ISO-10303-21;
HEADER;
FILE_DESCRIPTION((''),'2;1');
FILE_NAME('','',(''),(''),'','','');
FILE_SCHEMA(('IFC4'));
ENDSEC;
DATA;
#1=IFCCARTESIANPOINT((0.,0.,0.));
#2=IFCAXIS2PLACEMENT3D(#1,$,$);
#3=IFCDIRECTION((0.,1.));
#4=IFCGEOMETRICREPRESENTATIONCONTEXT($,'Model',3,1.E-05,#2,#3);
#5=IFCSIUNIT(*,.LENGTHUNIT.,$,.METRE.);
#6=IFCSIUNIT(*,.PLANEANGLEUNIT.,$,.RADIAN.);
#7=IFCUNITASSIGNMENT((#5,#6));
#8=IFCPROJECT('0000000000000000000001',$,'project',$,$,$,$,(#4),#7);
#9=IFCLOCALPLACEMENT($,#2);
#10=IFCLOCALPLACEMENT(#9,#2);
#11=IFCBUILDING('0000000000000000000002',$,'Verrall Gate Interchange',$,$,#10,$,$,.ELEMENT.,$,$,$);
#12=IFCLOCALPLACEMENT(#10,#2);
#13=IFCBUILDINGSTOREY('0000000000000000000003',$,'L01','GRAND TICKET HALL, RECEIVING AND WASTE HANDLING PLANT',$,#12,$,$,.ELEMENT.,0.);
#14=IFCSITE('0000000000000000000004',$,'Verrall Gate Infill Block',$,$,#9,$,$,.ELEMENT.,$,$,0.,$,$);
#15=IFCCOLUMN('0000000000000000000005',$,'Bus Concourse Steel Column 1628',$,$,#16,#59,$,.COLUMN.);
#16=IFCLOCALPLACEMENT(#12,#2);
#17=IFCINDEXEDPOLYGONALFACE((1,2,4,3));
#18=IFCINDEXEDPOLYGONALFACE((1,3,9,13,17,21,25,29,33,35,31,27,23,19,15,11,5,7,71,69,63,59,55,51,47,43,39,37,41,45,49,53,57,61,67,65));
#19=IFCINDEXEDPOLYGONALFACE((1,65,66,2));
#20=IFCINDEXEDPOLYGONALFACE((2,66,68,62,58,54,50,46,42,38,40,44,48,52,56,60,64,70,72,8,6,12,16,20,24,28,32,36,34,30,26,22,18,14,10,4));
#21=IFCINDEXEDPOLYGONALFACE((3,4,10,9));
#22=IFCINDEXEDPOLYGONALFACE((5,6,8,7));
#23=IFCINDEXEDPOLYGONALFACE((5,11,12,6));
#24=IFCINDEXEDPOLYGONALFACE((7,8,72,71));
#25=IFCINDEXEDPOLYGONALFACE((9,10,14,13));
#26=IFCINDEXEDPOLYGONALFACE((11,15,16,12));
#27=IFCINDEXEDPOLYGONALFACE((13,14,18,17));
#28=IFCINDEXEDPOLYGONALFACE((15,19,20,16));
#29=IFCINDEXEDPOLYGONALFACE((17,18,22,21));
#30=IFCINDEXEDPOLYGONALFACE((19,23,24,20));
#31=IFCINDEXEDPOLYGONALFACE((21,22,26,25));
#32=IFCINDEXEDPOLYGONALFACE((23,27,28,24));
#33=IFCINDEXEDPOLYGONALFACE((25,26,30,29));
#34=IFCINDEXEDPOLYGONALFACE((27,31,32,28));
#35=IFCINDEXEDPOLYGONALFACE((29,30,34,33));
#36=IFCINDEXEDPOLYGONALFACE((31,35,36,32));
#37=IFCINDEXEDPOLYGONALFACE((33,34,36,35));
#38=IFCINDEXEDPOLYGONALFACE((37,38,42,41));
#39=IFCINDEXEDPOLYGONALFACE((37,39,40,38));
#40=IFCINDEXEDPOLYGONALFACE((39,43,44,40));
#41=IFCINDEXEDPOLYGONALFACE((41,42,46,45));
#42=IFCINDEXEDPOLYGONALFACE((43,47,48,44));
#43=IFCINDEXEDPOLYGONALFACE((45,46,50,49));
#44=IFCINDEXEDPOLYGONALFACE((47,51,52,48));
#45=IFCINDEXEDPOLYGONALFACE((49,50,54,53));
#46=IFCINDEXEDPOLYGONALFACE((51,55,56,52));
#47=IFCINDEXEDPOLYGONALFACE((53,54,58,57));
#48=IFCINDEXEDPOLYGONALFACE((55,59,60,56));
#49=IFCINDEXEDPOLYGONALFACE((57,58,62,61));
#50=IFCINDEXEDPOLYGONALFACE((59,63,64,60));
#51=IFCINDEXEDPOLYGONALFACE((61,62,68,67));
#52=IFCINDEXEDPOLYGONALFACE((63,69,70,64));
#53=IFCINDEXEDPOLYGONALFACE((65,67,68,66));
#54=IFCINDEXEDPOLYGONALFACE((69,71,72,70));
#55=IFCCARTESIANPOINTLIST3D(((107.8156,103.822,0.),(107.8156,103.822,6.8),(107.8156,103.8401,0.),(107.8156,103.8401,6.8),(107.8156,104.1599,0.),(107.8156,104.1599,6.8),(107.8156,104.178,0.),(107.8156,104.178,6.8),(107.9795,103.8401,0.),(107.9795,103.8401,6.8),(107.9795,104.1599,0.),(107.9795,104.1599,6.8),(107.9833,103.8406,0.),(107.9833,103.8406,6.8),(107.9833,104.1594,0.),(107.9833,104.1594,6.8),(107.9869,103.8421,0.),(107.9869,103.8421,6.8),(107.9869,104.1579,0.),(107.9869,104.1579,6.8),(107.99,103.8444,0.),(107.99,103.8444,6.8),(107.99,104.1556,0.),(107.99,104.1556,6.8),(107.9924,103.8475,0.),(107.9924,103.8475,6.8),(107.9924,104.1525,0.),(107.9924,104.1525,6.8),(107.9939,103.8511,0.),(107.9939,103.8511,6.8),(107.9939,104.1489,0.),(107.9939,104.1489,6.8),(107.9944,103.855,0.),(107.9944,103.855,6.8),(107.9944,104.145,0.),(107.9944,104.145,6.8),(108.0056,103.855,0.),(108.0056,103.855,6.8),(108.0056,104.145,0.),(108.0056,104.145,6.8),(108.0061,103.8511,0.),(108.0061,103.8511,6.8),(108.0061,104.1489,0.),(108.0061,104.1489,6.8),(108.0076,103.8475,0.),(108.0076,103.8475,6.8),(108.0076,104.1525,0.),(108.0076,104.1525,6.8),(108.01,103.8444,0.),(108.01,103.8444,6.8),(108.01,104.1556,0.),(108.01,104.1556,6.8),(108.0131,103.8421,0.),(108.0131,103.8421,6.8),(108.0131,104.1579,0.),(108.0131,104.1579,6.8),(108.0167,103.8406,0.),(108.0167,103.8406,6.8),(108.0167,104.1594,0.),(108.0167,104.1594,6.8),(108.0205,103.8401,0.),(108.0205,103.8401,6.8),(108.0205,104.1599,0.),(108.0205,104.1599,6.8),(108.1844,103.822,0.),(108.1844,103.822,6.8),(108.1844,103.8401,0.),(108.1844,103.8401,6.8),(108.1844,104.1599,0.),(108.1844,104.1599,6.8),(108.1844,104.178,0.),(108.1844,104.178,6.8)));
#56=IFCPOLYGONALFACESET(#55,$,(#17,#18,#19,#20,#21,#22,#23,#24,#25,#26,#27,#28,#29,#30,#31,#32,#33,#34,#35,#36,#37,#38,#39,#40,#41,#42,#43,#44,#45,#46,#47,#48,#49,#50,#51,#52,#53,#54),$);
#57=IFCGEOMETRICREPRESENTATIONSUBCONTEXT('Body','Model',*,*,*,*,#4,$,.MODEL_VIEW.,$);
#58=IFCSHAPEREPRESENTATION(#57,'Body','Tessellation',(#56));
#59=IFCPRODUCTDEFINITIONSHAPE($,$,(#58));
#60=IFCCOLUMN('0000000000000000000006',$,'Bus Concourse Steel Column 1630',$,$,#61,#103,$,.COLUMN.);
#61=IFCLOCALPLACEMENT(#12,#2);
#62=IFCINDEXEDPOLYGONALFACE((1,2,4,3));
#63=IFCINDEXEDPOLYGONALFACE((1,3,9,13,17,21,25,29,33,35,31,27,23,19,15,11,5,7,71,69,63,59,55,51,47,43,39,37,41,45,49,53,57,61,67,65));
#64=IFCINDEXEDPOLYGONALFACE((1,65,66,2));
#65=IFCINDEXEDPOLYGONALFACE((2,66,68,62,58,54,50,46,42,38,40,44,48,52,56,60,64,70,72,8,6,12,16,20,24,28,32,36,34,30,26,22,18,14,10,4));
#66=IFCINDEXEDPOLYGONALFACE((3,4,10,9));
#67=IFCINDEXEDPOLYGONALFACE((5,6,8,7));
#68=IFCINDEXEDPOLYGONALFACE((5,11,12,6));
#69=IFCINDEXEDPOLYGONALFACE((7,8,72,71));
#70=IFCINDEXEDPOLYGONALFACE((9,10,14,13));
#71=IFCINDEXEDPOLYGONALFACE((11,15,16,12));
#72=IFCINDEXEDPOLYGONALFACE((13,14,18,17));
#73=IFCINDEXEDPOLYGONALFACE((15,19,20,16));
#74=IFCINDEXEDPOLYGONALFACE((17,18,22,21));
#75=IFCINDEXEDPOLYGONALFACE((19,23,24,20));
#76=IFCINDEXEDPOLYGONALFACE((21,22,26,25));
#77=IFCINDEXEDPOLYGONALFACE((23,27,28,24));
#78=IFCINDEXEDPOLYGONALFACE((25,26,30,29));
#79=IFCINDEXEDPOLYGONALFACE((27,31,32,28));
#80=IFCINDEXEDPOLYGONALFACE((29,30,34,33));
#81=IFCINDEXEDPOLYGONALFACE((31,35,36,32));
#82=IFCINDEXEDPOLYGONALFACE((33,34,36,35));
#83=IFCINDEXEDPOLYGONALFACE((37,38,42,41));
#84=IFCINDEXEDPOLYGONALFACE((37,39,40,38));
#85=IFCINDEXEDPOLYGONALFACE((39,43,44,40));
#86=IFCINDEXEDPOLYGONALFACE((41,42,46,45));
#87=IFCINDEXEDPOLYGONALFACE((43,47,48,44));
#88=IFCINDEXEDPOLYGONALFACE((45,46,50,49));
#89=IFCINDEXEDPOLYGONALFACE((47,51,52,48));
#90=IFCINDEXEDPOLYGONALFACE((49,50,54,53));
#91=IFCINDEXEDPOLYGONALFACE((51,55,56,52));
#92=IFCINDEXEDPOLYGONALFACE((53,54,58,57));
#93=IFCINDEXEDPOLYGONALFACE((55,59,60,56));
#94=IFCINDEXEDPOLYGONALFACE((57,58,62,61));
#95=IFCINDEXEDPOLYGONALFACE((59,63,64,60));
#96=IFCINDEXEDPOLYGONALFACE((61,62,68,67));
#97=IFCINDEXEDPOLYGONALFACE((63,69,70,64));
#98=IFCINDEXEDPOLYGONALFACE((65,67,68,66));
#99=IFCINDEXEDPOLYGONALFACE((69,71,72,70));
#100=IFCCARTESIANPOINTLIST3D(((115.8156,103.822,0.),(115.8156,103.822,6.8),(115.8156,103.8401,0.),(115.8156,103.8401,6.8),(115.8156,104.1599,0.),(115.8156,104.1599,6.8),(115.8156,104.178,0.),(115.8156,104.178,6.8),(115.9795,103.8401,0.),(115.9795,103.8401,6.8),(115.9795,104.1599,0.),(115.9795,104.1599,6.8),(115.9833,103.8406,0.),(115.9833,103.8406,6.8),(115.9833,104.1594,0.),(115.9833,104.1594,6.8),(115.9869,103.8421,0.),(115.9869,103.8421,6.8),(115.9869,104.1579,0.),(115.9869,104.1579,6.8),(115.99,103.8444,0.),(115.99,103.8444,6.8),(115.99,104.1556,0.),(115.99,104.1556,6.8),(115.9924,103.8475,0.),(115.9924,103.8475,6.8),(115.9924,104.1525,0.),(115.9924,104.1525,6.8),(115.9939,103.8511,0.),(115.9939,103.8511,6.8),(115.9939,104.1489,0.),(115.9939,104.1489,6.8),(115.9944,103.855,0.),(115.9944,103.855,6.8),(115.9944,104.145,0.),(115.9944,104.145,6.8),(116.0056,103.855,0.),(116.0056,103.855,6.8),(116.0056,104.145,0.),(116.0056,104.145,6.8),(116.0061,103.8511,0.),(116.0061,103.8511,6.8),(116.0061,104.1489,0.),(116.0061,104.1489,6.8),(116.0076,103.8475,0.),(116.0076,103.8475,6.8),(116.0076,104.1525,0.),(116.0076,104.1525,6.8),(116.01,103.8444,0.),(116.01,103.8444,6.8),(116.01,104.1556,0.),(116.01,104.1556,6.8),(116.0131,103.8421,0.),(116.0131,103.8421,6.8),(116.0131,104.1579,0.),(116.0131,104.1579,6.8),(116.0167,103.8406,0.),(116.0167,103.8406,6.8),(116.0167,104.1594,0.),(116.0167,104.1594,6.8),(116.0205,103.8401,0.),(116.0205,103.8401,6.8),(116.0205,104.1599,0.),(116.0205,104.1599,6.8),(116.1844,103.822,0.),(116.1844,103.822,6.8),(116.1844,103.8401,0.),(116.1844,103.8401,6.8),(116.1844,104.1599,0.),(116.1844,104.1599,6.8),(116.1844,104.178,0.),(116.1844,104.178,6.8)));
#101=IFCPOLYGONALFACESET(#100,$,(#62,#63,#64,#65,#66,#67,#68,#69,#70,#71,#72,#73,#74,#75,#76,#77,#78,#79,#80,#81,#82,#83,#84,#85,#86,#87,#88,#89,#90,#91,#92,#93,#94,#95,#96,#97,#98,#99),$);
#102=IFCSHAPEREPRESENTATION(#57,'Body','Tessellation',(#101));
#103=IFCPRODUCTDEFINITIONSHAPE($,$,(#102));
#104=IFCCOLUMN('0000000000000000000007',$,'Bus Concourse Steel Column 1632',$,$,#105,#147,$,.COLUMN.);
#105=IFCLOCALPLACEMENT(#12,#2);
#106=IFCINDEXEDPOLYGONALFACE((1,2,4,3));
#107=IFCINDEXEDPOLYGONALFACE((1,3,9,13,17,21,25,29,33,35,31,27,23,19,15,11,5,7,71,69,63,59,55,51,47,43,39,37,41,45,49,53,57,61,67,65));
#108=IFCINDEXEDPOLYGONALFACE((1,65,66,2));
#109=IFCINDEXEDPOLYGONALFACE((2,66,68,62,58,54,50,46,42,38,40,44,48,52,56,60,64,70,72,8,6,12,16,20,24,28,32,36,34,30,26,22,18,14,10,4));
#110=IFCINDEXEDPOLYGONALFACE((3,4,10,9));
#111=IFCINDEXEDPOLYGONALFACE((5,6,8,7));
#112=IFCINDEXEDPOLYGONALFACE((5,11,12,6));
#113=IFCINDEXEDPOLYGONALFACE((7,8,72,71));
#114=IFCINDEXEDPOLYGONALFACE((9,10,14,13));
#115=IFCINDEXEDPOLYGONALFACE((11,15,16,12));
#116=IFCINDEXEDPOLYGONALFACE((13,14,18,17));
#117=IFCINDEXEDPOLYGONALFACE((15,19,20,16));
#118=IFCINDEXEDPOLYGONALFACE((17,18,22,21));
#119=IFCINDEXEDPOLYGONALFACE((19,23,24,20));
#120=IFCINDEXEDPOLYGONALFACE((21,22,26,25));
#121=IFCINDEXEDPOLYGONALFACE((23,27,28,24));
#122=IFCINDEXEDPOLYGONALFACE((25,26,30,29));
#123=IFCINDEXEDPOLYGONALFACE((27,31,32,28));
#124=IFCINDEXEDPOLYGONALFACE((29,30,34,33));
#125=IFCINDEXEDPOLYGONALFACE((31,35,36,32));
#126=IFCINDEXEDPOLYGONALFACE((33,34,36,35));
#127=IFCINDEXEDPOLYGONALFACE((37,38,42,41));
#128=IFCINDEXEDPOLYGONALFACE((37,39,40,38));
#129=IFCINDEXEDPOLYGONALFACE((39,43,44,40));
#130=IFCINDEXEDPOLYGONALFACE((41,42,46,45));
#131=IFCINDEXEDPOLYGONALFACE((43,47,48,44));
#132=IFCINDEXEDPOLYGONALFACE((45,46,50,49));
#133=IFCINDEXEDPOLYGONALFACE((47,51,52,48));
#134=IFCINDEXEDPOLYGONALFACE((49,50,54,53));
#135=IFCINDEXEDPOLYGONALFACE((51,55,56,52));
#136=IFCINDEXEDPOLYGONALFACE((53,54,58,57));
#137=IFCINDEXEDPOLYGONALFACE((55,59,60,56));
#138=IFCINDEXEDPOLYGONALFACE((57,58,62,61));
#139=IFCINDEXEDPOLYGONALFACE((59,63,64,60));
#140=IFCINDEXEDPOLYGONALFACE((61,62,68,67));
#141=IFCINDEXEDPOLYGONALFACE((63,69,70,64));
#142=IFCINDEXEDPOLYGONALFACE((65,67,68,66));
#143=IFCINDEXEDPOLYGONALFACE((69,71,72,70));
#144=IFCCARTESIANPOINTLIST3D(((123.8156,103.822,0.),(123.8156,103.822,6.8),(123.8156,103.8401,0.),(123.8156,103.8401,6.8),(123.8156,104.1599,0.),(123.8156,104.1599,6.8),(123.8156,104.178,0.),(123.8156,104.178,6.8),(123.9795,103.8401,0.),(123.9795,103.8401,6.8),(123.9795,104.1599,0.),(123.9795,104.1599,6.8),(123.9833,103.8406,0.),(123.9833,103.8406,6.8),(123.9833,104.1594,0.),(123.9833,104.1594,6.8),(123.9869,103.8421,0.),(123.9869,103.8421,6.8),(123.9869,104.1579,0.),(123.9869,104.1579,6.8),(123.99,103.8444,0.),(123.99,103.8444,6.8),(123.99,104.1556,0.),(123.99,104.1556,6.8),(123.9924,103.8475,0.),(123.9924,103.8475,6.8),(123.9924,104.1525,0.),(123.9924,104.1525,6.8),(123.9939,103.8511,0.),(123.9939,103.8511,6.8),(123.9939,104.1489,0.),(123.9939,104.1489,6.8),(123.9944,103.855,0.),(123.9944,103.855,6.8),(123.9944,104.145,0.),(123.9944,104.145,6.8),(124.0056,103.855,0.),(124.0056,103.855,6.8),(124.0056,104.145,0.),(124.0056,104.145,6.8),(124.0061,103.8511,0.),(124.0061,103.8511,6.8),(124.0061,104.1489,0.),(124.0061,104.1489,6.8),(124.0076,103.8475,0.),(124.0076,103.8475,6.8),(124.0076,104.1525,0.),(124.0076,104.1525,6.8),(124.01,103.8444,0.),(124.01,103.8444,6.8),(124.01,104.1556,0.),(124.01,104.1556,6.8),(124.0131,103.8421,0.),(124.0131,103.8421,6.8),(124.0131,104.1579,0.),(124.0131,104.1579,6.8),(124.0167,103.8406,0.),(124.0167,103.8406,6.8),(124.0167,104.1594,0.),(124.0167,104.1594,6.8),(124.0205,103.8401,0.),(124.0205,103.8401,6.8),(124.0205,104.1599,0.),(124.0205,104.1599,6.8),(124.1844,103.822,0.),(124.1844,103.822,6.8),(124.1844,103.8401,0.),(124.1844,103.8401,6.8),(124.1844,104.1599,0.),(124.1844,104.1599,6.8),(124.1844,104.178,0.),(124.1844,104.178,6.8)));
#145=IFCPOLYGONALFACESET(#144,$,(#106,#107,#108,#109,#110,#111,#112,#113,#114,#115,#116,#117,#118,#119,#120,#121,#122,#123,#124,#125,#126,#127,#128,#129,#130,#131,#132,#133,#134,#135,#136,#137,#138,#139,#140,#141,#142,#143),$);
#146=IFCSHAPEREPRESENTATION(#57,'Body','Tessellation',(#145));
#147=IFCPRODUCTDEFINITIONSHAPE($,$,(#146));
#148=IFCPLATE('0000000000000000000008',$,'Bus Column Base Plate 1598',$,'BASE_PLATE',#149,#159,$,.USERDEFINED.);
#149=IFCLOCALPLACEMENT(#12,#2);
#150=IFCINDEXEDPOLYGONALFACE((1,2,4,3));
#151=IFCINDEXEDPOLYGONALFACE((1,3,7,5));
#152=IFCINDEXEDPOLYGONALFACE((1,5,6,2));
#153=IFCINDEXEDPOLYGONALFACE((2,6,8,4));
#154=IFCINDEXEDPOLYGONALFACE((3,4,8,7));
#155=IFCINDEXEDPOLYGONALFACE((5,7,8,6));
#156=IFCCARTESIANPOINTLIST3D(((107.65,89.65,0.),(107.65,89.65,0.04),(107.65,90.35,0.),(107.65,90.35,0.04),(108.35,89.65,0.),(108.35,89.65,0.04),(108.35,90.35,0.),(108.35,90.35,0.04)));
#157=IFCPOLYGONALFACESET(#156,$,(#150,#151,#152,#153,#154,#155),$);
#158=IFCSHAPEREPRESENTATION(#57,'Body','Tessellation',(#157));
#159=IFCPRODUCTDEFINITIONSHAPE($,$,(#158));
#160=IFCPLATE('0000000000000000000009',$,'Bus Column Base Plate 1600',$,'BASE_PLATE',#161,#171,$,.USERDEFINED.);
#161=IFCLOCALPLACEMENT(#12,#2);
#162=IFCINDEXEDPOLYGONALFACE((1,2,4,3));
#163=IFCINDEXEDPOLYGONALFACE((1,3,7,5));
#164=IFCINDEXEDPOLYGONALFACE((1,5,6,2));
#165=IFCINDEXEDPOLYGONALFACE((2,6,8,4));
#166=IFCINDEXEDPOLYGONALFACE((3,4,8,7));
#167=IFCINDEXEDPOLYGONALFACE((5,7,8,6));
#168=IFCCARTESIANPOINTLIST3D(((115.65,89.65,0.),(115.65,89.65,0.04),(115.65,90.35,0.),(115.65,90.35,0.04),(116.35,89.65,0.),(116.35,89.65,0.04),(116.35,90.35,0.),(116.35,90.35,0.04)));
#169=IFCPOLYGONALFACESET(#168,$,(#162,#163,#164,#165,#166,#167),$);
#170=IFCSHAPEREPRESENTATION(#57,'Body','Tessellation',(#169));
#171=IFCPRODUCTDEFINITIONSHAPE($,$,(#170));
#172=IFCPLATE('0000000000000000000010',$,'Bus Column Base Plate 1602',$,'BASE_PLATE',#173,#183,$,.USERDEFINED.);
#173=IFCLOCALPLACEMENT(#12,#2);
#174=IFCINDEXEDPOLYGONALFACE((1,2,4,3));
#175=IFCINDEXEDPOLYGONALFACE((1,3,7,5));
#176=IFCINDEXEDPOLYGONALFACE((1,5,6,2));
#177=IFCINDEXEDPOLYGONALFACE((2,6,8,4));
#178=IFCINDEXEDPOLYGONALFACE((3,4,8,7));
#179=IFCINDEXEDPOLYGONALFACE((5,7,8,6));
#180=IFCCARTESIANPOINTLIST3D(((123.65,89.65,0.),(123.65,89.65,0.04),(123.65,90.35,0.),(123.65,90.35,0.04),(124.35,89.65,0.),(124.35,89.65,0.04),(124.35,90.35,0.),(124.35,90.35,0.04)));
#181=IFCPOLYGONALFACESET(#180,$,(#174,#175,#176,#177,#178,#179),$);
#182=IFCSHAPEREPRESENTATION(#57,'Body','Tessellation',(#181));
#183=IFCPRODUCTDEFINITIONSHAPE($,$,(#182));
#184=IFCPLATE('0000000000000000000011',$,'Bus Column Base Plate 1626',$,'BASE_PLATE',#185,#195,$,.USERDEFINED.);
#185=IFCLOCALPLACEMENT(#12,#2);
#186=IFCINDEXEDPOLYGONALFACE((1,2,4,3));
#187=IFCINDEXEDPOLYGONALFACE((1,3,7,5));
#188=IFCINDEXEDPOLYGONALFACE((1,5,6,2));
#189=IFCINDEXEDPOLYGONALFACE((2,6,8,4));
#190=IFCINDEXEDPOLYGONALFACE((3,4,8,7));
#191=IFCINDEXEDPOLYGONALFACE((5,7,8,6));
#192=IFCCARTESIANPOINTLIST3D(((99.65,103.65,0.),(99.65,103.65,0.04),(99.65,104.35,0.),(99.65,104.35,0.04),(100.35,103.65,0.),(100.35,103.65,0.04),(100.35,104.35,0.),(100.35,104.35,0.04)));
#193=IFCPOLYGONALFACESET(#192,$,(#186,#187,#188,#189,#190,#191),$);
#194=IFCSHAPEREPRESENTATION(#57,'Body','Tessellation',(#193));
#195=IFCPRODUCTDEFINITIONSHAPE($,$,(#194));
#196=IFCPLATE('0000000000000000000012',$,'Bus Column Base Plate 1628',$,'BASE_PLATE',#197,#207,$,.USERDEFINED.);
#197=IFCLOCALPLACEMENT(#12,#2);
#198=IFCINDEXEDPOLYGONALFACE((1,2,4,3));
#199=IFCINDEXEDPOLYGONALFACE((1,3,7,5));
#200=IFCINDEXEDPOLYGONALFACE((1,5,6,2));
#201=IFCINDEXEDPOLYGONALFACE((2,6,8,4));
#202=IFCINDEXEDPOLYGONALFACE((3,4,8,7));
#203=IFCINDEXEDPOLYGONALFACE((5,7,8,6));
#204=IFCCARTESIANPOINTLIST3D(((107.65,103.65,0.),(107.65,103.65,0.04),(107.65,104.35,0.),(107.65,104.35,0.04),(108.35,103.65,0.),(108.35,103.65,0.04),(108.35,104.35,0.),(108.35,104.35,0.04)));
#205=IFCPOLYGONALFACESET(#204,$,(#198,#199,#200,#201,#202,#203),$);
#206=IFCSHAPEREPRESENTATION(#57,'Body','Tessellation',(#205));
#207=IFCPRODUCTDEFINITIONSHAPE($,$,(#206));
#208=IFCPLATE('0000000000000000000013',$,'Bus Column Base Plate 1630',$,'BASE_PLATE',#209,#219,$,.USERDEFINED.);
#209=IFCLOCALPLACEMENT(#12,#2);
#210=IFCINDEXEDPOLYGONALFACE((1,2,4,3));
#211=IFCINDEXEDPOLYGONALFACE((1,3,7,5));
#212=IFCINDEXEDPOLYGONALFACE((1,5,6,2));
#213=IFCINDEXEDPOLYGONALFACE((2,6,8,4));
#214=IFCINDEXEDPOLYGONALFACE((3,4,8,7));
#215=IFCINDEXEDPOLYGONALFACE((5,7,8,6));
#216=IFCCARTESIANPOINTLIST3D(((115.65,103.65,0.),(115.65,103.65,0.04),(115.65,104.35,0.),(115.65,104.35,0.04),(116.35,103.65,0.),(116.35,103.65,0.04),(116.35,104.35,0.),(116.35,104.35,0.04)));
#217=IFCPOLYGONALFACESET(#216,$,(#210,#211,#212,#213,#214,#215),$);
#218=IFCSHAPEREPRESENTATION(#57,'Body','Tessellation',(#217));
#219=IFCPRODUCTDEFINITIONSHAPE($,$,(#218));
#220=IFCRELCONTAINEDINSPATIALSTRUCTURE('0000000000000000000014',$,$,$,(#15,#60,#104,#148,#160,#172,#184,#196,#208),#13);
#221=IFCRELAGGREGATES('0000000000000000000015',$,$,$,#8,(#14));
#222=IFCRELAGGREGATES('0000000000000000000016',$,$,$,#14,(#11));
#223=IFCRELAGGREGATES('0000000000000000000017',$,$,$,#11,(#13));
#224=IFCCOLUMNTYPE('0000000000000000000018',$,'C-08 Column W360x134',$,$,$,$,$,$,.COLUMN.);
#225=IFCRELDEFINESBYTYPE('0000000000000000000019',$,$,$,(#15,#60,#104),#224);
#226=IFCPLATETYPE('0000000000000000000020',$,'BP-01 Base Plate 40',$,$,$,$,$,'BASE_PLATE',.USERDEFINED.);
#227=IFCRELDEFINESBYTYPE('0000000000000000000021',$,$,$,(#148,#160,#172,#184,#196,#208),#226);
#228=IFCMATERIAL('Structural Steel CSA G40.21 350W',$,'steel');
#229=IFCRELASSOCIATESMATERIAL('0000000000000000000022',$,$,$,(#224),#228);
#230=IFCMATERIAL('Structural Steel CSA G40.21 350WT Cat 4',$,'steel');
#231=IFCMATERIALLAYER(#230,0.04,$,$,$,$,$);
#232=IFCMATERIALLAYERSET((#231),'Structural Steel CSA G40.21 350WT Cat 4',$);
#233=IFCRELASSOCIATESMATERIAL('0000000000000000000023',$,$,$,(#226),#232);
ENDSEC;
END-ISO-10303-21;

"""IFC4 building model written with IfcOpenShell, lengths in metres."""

from ifc_helpers import new_model, si_unit, direction, frame, origin, origin_2d, place, context, subcontext, project, spatial, rectangle, i_section, extrude, material, layer, layer_set, material_profile, profile_set, type_object, element, save


model = new_model("IFC4")

# Units and contexts
model_context = context("Model", 3, precision=1e-05, world=origin(), true_north=direction((0.0, 1.0)))
body_context = subcontext(model_context, "Body", "Model", "MODEL_VIEW")
ifc_project = project(units=[si_unit("LENGTHUNIT", "METRE"), si_unit("PLANEANGLEUNIT", "RADIAN")], contexts=[model_context])

# Site, building, storey
site_placement = place(None, origin())
site = spatial("IfcSite", under=ifc_project, at=site_placement, Name="Verrall Gate Infill Block", CompositionType="ELEMENT", RefElevation=0.0)
building_placement = place(site_placement, origin())
building = spatial("IfcBuilding", under=site, at=building_placement, Name="Verrall Gate Interchange", CompositionType="ELEMENT")
storey_placement = place(building_placement, origin())
storey = spatial("IfcBuildingStorey", under=building, at=storey_placement, Name="L01", Description="GRAND TICKET HALL, RECEIVING AND WASTE HANDLING PLANT", CompositionType="ELEMENT", Elevation=0.0)

# Columns
ifc_material_1 = material(Name="Structural Steel CSA G40.21 350W", Category="steel")
ifc_material_profile = material_profile(ifc_material_1, i_section(OverallWidth=0.3689, OverallDepth=0.356, WebThickness=0.0112, FlangeThickness=0.0181, FilletRadius=0.0149, at=origin_2d()), Name="W360x134")
ifc_profile_set = profile_set([ifc_material_profile], Name="Structural Steel CSA G40.21 350W")
column_type = type_object("IfcColumnType", Name="C-08 Column W360x134", PredefinedType="COLUMN", material=ifc_profile_set)
for number, where, z_axis, x_axis, name in (
    (1, (108.0, 104.0, 0.0), (0.0, 0.0, 1.0), (1.0, 0.0, 0.0), "Bus Concourse Steel Column 1628"),
    (2, (116.0, 104.0, 0.0), (0.0, 0.0, 1.0), (1.0, 0.0, 0.0), "Bus Concourse Steel Column 1630"),
    (3, (124.0, 104.0, 0.0), (0.0, 0.0, 1.0), (1.0, 0.0, 0.0), "Bus Concourse Steel Column 1632"),
):
    element("IfcColumn", number, at=place(storey_placement, frame(where, z_axis=z_axis, x_axis=x_axis)), inside=storey, type_object=column_type, Name=name, PredefinedType="COLUMN", context=body_context, shape_type="SweptSolid", body=[
        extrude(i_section(OverallWidth=0.3689, OverallDepth=0.356, WebThickness=0.0112, FlangeThickness=0.0181, FilletRadius=0.0149, at=origin_2d()), origin(), (0.0, 0.0, 1.0), 6.8),
    ])

# Plates
ifc_material_2 = material(Name="Structural Steel CSA G40.21 350WT Cat 4", Category="steel")
ifc_layer_1 = layer(ifc_material_2, 0.04)
ifc_layer_set_1 = layer_set([ifc_layer_1], Name="Structural Steel CSA G40.21 350WT Cat 4")
plate_type = type_object("IfcPlateType", Name="BP-01 Base Plate 40", ElementType="BASE_PLATE", PredefinedType="USERDEFINED", material=ifc_layer_set_1)
for number, where, z_axis, x_axis, name in (
    (4, (108.0, 90.0, 0.0), (0.0, 0.0, 1.0), (1.0, 0.0, 0.0), "Bus Column Base Plate 1598"),
    (5, (116.0, 90.0, 0.0), (0.0, 0.0, 1.0), (1.0, 0.0, 0.0), "Bus Column Base Plate 1600"),
    (6, (124.0, 90.0, 0.0), (0.0, 0.0, 1.0), (1.0, 0.0, 0.0), "Bus Column Base Plate 1602"),
    (7, (100.0, 104.0, 0.0), (0.0, 0.0, 1.0), (1.0, 0.0, 0.0), "Bus Column Base Plate 1626"),
    (8, (108.0, 104.0, 0.0), (0.0, 0.0, 1.0), (1.0, 0.0, 0.0), "Bus Column Base Plate 1628"),
    (9, (116.0, 104.0, 0.0), (0.0, 0.0, 1.0), (1.0, 0.0, 0.0), "Bus Column Base Plate 1630"),
):
    element("IfcPlate", number, at=place(storey_placement, frame(where, z_axis=z_axis, x_axis=x_axis)), inside=storey, type_object=plate_type, Name=name, ObjectType="BASE_PLATE", PredefinedType="USERDEFINED", context=body_context, shape_type="SweptSolid", body=[
        extrude(rectangle(XDim=0.7, YDim=0.7, at=origin_2d()), origin(), (0.0, 0.0, 1.0), 0.04),
    ])

save(model, "model.ifc")
